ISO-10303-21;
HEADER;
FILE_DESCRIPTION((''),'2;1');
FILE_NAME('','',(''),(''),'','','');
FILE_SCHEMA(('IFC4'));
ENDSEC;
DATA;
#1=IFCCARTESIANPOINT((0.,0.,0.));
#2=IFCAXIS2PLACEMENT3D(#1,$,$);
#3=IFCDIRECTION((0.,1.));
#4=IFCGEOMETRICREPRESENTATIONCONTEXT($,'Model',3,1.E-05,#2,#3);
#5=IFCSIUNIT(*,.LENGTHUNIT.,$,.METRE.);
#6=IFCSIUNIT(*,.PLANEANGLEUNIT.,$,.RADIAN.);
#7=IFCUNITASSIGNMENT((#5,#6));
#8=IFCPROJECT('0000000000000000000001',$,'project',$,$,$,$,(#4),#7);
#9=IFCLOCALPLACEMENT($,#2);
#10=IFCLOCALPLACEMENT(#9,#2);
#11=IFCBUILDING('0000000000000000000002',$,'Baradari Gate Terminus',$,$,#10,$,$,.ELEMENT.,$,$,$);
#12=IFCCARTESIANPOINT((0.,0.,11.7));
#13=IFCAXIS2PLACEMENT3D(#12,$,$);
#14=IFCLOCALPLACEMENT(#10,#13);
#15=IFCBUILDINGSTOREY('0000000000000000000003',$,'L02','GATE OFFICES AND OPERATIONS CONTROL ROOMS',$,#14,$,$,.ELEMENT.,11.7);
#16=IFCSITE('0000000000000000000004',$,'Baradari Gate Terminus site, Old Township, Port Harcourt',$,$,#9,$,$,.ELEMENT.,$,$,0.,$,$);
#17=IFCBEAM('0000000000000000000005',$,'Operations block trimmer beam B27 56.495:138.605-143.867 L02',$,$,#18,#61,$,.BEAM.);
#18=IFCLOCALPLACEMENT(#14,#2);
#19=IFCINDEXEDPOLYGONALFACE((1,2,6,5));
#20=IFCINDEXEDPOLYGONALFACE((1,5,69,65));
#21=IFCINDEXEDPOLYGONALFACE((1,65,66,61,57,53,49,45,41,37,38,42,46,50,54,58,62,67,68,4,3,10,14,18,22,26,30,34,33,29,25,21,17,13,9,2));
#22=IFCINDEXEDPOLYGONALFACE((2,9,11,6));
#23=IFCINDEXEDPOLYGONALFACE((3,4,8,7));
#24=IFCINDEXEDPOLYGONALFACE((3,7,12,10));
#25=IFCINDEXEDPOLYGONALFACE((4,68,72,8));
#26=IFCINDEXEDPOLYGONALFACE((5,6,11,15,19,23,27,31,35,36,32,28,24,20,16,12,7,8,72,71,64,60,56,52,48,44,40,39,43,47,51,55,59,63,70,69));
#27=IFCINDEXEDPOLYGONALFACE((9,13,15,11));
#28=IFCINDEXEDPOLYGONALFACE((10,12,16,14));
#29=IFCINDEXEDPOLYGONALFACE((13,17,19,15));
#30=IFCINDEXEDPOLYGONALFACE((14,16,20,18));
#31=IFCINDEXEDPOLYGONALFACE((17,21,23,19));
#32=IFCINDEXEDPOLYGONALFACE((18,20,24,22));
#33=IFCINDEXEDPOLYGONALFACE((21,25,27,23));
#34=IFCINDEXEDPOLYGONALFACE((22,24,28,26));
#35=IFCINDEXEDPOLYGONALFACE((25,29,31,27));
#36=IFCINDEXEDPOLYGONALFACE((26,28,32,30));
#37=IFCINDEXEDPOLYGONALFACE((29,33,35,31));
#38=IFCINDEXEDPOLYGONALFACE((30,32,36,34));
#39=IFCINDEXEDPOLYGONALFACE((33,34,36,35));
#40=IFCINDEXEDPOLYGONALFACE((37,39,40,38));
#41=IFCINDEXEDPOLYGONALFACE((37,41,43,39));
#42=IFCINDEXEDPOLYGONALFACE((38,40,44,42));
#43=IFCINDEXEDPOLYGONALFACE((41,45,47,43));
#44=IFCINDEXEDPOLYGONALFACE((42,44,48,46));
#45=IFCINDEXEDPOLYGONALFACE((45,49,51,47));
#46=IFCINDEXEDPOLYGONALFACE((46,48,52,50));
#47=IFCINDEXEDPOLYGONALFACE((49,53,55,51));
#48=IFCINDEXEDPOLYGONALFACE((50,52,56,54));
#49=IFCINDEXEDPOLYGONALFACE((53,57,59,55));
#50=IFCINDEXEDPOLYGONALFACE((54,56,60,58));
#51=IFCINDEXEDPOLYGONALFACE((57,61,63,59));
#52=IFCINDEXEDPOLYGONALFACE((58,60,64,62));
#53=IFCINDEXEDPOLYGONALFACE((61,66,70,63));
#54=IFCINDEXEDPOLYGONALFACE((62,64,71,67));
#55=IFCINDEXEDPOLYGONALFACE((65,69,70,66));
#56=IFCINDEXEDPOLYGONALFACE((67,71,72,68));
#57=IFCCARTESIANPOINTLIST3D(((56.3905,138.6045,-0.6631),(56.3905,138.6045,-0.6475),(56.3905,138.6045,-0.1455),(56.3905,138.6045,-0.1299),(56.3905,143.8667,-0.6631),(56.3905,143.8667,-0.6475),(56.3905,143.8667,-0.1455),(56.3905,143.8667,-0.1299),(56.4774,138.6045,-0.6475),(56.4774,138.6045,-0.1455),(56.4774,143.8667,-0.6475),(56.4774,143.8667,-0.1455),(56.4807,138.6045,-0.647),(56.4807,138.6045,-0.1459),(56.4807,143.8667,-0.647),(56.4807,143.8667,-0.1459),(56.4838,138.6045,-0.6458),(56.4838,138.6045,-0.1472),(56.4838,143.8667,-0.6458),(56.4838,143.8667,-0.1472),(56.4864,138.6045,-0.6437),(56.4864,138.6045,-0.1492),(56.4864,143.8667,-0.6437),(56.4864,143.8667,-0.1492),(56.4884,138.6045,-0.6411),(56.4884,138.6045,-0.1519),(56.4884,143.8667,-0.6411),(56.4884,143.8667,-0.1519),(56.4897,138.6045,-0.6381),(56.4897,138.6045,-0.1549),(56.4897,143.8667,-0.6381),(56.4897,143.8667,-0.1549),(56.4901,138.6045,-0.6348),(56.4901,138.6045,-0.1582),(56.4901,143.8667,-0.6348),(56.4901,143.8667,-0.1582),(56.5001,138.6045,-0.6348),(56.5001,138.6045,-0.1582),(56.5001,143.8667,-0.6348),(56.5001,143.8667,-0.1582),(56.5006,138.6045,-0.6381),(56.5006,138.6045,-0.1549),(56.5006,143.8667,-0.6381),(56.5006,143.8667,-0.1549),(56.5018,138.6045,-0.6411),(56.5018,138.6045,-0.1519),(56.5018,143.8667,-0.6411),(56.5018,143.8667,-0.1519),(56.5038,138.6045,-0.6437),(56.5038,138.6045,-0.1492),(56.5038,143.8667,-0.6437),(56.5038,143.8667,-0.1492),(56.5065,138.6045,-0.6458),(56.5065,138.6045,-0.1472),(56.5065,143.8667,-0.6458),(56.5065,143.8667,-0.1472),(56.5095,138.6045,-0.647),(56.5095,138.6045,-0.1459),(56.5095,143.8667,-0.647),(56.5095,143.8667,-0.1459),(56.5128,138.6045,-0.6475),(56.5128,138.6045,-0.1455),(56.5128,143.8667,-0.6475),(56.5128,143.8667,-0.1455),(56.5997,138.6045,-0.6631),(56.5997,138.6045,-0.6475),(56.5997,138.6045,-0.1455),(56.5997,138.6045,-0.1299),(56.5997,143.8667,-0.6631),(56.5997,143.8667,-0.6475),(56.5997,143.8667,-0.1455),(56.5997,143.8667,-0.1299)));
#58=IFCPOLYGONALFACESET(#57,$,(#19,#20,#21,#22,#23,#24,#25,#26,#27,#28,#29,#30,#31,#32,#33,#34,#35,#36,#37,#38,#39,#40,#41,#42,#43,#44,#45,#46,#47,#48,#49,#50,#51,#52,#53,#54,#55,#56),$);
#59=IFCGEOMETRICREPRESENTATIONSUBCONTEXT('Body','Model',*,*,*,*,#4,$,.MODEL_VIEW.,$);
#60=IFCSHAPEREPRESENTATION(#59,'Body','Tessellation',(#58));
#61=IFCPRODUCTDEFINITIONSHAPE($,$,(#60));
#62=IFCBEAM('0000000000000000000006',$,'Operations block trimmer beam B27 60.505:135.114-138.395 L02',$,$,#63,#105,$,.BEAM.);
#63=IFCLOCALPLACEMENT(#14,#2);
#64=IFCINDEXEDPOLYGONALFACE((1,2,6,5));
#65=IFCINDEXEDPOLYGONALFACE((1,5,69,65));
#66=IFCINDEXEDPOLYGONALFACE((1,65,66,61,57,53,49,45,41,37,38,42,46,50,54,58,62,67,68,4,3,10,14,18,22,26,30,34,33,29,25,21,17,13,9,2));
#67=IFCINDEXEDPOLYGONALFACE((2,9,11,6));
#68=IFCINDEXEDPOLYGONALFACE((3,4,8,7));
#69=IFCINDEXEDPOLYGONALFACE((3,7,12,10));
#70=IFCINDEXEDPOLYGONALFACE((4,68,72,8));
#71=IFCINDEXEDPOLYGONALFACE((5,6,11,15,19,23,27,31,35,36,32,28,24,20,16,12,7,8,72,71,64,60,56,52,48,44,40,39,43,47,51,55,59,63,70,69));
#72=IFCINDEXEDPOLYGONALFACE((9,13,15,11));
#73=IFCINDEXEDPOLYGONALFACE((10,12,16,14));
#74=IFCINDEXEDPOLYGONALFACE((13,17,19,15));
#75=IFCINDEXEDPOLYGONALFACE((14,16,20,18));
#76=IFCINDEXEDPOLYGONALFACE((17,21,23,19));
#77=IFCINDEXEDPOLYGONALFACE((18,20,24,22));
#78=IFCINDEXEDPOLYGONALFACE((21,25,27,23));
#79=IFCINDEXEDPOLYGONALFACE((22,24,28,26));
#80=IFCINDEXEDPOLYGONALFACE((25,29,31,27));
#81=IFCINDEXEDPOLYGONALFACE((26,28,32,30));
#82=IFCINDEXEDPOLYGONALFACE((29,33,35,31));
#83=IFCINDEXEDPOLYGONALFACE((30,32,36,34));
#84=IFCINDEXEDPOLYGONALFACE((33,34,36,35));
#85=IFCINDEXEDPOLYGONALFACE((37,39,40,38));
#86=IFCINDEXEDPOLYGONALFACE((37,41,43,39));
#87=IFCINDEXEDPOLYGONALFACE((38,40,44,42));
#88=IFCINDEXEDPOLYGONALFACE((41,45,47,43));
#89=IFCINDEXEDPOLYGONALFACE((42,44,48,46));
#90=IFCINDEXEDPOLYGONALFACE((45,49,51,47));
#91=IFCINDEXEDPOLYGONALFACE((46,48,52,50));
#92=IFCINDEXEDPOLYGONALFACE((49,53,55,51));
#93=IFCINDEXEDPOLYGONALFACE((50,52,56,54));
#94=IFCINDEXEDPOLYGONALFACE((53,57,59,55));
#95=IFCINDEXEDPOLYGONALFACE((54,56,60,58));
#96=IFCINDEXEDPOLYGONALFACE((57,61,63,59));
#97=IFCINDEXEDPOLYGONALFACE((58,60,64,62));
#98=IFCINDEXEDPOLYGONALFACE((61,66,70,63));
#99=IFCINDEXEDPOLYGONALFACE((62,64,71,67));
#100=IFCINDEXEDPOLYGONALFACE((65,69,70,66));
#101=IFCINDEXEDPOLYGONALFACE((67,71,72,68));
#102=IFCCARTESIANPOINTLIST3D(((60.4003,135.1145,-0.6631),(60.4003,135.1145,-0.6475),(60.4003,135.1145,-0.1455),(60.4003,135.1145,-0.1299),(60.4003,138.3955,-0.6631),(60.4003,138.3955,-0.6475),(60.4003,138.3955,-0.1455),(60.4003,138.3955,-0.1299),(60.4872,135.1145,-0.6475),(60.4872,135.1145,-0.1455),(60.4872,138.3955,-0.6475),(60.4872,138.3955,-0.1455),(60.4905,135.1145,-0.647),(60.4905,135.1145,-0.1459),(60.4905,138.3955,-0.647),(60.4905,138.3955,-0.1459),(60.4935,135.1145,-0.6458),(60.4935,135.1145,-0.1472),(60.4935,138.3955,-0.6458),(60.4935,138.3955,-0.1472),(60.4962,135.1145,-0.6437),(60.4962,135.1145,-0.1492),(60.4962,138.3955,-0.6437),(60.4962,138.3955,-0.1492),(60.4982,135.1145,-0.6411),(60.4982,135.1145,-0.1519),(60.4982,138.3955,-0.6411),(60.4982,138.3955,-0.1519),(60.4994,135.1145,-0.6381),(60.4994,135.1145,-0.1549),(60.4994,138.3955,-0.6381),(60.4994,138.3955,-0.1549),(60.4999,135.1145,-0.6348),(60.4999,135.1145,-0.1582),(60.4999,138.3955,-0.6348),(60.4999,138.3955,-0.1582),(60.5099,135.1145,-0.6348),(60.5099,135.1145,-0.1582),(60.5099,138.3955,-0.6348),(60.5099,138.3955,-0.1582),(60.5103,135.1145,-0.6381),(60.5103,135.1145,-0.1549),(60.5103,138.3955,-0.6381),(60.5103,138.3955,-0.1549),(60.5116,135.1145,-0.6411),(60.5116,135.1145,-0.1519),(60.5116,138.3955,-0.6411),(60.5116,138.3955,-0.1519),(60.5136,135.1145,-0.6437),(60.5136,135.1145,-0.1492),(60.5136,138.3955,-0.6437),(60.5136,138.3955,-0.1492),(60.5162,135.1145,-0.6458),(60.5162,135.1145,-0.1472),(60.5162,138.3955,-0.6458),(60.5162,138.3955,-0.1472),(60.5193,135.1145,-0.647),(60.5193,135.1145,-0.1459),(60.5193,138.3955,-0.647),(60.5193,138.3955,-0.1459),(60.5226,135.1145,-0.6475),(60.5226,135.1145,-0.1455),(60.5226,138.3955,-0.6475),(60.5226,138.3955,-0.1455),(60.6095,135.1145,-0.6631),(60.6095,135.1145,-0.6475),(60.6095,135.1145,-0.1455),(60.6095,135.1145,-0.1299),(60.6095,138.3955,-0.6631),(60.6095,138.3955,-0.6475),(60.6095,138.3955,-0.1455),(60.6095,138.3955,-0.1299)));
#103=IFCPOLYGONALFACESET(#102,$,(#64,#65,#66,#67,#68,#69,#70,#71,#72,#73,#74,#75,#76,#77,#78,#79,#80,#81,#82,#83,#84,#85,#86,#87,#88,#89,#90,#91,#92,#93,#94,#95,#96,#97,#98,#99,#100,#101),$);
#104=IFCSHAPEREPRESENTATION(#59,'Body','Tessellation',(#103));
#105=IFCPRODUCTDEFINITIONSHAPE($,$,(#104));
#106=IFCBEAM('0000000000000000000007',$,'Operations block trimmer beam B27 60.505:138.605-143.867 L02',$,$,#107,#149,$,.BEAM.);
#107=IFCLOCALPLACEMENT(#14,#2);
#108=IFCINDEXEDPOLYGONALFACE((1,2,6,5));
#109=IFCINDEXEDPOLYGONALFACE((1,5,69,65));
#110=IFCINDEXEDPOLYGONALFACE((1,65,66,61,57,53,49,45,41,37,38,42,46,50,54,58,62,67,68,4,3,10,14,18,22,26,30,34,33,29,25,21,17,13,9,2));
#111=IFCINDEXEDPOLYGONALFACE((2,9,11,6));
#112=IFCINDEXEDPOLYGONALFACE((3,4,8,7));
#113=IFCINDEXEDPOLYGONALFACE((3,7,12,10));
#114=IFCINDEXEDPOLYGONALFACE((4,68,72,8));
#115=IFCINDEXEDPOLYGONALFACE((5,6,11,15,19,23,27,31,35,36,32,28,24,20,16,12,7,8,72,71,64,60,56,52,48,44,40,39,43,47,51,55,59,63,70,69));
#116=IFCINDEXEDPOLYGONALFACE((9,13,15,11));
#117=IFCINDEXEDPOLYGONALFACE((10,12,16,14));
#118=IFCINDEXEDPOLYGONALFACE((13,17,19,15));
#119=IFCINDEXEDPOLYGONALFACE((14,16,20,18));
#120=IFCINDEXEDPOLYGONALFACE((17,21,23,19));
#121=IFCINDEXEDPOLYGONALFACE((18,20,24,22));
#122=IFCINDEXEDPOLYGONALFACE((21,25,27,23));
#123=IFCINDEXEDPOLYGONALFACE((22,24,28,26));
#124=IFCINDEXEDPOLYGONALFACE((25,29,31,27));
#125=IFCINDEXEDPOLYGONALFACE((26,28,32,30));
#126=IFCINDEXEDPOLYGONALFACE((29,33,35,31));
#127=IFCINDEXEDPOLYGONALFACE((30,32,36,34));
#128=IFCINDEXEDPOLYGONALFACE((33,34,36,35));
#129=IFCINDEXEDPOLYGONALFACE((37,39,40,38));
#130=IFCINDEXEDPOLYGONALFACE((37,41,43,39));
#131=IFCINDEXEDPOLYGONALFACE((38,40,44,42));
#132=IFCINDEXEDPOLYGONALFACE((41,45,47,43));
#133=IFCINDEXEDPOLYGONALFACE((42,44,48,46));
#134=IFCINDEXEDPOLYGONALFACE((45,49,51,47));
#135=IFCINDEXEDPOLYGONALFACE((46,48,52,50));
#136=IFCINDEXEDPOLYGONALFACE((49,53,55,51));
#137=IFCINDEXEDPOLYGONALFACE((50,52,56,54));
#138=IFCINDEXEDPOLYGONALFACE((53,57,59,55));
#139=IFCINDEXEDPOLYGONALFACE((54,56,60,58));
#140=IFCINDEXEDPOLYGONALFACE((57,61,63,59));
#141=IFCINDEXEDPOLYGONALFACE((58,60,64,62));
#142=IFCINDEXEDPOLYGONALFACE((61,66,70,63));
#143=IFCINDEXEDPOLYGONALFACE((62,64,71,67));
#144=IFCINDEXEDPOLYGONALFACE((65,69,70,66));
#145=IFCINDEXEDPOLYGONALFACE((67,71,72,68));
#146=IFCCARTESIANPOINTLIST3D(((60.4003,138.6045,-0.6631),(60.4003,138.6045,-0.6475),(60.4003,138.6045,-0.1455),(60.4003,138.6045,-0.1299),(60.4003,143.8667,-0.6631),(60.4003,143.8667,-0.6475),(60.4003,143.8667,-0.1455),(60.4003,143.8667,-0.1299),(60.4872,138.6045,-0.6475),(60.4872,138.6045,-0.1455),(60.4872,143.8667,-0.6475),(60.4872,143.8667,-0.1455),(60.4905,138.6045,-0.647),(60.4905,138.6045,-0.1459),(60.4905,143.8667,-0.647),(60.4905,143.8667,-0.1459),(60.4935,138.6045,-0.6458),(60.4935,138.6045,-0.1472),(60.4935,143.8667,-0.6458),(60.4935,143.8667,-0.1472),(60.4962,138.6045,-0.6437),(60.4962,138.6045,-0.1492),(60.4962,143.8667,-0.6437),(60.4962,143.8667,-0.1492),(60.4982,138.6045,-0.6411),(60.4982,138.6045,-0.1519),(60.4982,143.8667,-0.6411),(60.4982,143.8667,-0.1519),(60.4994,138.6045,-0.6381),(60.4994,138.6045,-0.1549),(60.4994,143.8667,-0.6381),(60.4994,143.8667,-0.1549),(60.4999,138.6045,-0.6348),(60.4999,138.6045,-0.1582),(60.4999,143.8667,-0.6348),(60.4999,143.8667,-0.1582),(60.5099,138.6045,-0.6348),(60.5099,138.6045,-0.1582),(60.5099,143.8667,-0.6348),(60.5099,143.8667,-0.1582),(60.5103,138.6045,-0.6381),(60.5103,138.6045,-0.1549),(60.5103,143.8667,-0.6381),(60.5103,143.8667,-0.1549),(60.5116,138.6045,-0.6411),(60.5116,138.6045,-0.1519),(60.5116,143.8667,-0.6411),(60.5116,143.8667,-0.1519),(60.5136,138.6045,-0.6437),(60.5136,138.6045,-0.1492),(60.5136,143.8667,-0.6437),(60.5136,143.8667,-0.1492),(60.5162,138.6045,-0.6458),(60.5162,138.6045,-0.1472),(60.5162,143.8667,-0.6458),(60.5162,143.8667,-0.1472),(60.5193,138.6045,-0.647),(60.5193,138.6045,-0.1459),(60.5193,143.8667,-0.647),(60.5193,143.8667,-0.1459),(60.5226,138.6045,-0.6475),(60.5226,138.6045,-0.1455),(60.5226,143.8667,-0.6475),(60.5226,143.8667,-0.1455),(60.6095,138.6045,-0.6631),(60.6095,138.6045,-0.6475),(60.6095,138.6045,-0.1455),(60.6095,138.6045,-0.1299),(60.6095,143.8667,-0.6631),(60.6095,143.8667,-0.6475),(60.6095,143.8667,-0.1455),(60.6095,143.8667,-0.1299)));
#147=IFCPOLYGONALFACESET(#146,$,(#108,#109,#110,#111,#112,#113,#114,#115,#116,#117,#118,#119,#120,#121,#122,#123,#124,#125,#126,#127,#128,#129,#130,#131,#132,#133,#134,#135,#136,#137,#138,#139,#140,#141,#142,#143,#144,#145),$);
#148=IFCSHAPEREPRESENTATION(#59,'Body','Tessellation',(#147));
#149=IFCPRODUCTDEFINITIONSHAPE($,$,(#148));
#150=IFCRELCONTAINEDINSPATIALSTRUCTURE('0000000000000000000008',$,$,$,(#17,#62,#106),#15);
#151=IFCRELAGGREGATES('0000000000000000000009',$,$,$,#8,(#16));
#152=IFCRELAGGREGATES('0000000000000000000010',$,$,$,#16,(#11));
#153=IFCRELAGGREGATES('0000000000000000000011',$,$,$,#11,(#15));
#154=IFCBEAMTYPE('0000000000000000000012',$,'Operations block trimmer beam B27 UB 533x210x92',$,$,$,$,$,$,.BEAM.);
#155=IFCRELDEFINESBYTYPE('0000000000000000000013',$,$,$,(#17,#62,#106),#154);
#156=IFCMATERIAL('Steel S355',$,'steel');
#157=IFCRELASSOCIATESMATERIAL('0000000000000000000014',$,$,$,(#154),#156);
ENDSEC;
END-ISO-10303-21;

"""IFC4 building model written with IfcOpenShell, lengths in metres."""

from ifc_helpers import new_model, si_unit, direction, frame, origin, origin_2d, place, context, subcontext, project, spatial, i_section, extrude, material, material_profile, profile_set, type_object, element, save


model = new_model("IFC4")

# Units and contexts
model_context = context("Model", 3, precision=1e-05, world=origin(), true_north=direction((0.0, 1.0)))
body_context = subcontext(model_context, "Body", "Model", "MODEL_VIEW")
ifc_project = project(units=[si_unit("LENGTHUNIT", "METRE"), si_unit("PLANEANGLEUNIT", "RADIAN")], contexts=[model_context])

# Site, building, storey
site_placement = place(None, origin())
site = spatial("IfcSite", under=ifc_project, at=site_placement, Name="Baradari Gate Terminus site, Old Township, Port Harcourt", CompositionType="ELEMENT", RefElevation=0.0)
building_placement = place(site_placement, origin())
building = spatial("IfcBuilding", under=site, at=building_placement, Name="Baradari Gate Terminus", CompositionType="ELEMENT")
storey_placement = place(building_placement, frame((0.0, 0.0, 11.7)))
storey = spatial("IfcBuildingStorey", under=building, at=storey_placement, Name="L02", Description="GATE OFFICES AND OPERATIONS CONTROL ROOMS", CompositionType="ELEMENT", Elevation=11.7)

# Beams
ifc_material_1 = material(Name="Steel S355", Category="steel")
ifc_material_profile_1 = material_profile(ifc_material_1, i_section(OverallWidth=0.2092, OverallDepth=0.5332, WebThickness=0.01, FlangeThickness=0.0156, FilletRadius=0.0127, at=origin_2d()), Name="UB 533x210x92")
ifc_profile_set_1 = profile_set([ifc_material_profile_1], Name="Steel S355")
beam_type_1 = type_object("IfcBeamType", Name="Operations block trimmer beam B27 UB 533x210x92", PredefinedType="BEAM", material=ifc_profile_set_1)
beam_1_placement = place(storey_placement, frame((56.4951, 138.6045, -0.3965), z_axis=(0.0, 1.0, 0.0), x_axis=(-1.0, 0.0, 0.0)))
element("IfcBeam", 1, at=beam_1_placement, inside=storey, type_object=beam_type_1, Name="Operations block trimmer beam B27 56.495:138.605-143.867 L02", PredefinedType="BEAM", context=body_context, shape_type="SweptSolid", body=[
    extrude(i_section(OverallWidth=0.2092, OverallDepth=0.5332, WebThickness=0.01, FlangeThickness=0.0156, FilletRadius=0.0127, at=origin_2d()), origin(), (0.0, 0.0, 1.0), 5.2622),
])
beam_2_placement = place(storey_placement, frame((60.5049, 135.1145, -0.3965), z_axis=(0.0, 1.0, 0.0), x_axis=(-1.0, 0.0, 0.0)))
element("IfcBeam", 2, at=beam_2_placement, inside=storey, type_object=beam_type_1, Name="Operations block trimmer beam B27 60.505:135.114-138.395 L02", PredefinedType="BEAM", context=body_context, shape_type="SweptSolid", body=[
    extrude(i_section(OverallWidth=0.2092, OverallDepth=0.5332, WebThickness=0.01, FlangeThickness=0.0156, FilletRadius=0.0127, at=origin_2d()), origin(), (0.0, 0.0, 1.0), 3.281),
])
beam_3_placement = place(storey_placement, frame((60.5049, 138.6045, -0.3965), z_axis=(0.0, 1.0, 0.0), x_axis=(-1.0, 0.0, 0.0)))
element("IfcBeam", 3, at=beam_3_placement, inside=storey, type_object=beam_type_1, Name="Operations block trimmer beam B27 60.505:138.605-143.867 L02", PredefinedType="BEAM", context=body_context, shape_type="SweptSolid", body=[
    extrude(i_section(OverallWidth=0.2092, OverallDepth=0.5332, WebThickness=0.01, FlangeThickness=0.0156, FilletRadius=0.0127, at=origin_2d()), origin(), (0.0, 0.0, 1.0), 5.2622),
])

save(model, "model.ifc")
